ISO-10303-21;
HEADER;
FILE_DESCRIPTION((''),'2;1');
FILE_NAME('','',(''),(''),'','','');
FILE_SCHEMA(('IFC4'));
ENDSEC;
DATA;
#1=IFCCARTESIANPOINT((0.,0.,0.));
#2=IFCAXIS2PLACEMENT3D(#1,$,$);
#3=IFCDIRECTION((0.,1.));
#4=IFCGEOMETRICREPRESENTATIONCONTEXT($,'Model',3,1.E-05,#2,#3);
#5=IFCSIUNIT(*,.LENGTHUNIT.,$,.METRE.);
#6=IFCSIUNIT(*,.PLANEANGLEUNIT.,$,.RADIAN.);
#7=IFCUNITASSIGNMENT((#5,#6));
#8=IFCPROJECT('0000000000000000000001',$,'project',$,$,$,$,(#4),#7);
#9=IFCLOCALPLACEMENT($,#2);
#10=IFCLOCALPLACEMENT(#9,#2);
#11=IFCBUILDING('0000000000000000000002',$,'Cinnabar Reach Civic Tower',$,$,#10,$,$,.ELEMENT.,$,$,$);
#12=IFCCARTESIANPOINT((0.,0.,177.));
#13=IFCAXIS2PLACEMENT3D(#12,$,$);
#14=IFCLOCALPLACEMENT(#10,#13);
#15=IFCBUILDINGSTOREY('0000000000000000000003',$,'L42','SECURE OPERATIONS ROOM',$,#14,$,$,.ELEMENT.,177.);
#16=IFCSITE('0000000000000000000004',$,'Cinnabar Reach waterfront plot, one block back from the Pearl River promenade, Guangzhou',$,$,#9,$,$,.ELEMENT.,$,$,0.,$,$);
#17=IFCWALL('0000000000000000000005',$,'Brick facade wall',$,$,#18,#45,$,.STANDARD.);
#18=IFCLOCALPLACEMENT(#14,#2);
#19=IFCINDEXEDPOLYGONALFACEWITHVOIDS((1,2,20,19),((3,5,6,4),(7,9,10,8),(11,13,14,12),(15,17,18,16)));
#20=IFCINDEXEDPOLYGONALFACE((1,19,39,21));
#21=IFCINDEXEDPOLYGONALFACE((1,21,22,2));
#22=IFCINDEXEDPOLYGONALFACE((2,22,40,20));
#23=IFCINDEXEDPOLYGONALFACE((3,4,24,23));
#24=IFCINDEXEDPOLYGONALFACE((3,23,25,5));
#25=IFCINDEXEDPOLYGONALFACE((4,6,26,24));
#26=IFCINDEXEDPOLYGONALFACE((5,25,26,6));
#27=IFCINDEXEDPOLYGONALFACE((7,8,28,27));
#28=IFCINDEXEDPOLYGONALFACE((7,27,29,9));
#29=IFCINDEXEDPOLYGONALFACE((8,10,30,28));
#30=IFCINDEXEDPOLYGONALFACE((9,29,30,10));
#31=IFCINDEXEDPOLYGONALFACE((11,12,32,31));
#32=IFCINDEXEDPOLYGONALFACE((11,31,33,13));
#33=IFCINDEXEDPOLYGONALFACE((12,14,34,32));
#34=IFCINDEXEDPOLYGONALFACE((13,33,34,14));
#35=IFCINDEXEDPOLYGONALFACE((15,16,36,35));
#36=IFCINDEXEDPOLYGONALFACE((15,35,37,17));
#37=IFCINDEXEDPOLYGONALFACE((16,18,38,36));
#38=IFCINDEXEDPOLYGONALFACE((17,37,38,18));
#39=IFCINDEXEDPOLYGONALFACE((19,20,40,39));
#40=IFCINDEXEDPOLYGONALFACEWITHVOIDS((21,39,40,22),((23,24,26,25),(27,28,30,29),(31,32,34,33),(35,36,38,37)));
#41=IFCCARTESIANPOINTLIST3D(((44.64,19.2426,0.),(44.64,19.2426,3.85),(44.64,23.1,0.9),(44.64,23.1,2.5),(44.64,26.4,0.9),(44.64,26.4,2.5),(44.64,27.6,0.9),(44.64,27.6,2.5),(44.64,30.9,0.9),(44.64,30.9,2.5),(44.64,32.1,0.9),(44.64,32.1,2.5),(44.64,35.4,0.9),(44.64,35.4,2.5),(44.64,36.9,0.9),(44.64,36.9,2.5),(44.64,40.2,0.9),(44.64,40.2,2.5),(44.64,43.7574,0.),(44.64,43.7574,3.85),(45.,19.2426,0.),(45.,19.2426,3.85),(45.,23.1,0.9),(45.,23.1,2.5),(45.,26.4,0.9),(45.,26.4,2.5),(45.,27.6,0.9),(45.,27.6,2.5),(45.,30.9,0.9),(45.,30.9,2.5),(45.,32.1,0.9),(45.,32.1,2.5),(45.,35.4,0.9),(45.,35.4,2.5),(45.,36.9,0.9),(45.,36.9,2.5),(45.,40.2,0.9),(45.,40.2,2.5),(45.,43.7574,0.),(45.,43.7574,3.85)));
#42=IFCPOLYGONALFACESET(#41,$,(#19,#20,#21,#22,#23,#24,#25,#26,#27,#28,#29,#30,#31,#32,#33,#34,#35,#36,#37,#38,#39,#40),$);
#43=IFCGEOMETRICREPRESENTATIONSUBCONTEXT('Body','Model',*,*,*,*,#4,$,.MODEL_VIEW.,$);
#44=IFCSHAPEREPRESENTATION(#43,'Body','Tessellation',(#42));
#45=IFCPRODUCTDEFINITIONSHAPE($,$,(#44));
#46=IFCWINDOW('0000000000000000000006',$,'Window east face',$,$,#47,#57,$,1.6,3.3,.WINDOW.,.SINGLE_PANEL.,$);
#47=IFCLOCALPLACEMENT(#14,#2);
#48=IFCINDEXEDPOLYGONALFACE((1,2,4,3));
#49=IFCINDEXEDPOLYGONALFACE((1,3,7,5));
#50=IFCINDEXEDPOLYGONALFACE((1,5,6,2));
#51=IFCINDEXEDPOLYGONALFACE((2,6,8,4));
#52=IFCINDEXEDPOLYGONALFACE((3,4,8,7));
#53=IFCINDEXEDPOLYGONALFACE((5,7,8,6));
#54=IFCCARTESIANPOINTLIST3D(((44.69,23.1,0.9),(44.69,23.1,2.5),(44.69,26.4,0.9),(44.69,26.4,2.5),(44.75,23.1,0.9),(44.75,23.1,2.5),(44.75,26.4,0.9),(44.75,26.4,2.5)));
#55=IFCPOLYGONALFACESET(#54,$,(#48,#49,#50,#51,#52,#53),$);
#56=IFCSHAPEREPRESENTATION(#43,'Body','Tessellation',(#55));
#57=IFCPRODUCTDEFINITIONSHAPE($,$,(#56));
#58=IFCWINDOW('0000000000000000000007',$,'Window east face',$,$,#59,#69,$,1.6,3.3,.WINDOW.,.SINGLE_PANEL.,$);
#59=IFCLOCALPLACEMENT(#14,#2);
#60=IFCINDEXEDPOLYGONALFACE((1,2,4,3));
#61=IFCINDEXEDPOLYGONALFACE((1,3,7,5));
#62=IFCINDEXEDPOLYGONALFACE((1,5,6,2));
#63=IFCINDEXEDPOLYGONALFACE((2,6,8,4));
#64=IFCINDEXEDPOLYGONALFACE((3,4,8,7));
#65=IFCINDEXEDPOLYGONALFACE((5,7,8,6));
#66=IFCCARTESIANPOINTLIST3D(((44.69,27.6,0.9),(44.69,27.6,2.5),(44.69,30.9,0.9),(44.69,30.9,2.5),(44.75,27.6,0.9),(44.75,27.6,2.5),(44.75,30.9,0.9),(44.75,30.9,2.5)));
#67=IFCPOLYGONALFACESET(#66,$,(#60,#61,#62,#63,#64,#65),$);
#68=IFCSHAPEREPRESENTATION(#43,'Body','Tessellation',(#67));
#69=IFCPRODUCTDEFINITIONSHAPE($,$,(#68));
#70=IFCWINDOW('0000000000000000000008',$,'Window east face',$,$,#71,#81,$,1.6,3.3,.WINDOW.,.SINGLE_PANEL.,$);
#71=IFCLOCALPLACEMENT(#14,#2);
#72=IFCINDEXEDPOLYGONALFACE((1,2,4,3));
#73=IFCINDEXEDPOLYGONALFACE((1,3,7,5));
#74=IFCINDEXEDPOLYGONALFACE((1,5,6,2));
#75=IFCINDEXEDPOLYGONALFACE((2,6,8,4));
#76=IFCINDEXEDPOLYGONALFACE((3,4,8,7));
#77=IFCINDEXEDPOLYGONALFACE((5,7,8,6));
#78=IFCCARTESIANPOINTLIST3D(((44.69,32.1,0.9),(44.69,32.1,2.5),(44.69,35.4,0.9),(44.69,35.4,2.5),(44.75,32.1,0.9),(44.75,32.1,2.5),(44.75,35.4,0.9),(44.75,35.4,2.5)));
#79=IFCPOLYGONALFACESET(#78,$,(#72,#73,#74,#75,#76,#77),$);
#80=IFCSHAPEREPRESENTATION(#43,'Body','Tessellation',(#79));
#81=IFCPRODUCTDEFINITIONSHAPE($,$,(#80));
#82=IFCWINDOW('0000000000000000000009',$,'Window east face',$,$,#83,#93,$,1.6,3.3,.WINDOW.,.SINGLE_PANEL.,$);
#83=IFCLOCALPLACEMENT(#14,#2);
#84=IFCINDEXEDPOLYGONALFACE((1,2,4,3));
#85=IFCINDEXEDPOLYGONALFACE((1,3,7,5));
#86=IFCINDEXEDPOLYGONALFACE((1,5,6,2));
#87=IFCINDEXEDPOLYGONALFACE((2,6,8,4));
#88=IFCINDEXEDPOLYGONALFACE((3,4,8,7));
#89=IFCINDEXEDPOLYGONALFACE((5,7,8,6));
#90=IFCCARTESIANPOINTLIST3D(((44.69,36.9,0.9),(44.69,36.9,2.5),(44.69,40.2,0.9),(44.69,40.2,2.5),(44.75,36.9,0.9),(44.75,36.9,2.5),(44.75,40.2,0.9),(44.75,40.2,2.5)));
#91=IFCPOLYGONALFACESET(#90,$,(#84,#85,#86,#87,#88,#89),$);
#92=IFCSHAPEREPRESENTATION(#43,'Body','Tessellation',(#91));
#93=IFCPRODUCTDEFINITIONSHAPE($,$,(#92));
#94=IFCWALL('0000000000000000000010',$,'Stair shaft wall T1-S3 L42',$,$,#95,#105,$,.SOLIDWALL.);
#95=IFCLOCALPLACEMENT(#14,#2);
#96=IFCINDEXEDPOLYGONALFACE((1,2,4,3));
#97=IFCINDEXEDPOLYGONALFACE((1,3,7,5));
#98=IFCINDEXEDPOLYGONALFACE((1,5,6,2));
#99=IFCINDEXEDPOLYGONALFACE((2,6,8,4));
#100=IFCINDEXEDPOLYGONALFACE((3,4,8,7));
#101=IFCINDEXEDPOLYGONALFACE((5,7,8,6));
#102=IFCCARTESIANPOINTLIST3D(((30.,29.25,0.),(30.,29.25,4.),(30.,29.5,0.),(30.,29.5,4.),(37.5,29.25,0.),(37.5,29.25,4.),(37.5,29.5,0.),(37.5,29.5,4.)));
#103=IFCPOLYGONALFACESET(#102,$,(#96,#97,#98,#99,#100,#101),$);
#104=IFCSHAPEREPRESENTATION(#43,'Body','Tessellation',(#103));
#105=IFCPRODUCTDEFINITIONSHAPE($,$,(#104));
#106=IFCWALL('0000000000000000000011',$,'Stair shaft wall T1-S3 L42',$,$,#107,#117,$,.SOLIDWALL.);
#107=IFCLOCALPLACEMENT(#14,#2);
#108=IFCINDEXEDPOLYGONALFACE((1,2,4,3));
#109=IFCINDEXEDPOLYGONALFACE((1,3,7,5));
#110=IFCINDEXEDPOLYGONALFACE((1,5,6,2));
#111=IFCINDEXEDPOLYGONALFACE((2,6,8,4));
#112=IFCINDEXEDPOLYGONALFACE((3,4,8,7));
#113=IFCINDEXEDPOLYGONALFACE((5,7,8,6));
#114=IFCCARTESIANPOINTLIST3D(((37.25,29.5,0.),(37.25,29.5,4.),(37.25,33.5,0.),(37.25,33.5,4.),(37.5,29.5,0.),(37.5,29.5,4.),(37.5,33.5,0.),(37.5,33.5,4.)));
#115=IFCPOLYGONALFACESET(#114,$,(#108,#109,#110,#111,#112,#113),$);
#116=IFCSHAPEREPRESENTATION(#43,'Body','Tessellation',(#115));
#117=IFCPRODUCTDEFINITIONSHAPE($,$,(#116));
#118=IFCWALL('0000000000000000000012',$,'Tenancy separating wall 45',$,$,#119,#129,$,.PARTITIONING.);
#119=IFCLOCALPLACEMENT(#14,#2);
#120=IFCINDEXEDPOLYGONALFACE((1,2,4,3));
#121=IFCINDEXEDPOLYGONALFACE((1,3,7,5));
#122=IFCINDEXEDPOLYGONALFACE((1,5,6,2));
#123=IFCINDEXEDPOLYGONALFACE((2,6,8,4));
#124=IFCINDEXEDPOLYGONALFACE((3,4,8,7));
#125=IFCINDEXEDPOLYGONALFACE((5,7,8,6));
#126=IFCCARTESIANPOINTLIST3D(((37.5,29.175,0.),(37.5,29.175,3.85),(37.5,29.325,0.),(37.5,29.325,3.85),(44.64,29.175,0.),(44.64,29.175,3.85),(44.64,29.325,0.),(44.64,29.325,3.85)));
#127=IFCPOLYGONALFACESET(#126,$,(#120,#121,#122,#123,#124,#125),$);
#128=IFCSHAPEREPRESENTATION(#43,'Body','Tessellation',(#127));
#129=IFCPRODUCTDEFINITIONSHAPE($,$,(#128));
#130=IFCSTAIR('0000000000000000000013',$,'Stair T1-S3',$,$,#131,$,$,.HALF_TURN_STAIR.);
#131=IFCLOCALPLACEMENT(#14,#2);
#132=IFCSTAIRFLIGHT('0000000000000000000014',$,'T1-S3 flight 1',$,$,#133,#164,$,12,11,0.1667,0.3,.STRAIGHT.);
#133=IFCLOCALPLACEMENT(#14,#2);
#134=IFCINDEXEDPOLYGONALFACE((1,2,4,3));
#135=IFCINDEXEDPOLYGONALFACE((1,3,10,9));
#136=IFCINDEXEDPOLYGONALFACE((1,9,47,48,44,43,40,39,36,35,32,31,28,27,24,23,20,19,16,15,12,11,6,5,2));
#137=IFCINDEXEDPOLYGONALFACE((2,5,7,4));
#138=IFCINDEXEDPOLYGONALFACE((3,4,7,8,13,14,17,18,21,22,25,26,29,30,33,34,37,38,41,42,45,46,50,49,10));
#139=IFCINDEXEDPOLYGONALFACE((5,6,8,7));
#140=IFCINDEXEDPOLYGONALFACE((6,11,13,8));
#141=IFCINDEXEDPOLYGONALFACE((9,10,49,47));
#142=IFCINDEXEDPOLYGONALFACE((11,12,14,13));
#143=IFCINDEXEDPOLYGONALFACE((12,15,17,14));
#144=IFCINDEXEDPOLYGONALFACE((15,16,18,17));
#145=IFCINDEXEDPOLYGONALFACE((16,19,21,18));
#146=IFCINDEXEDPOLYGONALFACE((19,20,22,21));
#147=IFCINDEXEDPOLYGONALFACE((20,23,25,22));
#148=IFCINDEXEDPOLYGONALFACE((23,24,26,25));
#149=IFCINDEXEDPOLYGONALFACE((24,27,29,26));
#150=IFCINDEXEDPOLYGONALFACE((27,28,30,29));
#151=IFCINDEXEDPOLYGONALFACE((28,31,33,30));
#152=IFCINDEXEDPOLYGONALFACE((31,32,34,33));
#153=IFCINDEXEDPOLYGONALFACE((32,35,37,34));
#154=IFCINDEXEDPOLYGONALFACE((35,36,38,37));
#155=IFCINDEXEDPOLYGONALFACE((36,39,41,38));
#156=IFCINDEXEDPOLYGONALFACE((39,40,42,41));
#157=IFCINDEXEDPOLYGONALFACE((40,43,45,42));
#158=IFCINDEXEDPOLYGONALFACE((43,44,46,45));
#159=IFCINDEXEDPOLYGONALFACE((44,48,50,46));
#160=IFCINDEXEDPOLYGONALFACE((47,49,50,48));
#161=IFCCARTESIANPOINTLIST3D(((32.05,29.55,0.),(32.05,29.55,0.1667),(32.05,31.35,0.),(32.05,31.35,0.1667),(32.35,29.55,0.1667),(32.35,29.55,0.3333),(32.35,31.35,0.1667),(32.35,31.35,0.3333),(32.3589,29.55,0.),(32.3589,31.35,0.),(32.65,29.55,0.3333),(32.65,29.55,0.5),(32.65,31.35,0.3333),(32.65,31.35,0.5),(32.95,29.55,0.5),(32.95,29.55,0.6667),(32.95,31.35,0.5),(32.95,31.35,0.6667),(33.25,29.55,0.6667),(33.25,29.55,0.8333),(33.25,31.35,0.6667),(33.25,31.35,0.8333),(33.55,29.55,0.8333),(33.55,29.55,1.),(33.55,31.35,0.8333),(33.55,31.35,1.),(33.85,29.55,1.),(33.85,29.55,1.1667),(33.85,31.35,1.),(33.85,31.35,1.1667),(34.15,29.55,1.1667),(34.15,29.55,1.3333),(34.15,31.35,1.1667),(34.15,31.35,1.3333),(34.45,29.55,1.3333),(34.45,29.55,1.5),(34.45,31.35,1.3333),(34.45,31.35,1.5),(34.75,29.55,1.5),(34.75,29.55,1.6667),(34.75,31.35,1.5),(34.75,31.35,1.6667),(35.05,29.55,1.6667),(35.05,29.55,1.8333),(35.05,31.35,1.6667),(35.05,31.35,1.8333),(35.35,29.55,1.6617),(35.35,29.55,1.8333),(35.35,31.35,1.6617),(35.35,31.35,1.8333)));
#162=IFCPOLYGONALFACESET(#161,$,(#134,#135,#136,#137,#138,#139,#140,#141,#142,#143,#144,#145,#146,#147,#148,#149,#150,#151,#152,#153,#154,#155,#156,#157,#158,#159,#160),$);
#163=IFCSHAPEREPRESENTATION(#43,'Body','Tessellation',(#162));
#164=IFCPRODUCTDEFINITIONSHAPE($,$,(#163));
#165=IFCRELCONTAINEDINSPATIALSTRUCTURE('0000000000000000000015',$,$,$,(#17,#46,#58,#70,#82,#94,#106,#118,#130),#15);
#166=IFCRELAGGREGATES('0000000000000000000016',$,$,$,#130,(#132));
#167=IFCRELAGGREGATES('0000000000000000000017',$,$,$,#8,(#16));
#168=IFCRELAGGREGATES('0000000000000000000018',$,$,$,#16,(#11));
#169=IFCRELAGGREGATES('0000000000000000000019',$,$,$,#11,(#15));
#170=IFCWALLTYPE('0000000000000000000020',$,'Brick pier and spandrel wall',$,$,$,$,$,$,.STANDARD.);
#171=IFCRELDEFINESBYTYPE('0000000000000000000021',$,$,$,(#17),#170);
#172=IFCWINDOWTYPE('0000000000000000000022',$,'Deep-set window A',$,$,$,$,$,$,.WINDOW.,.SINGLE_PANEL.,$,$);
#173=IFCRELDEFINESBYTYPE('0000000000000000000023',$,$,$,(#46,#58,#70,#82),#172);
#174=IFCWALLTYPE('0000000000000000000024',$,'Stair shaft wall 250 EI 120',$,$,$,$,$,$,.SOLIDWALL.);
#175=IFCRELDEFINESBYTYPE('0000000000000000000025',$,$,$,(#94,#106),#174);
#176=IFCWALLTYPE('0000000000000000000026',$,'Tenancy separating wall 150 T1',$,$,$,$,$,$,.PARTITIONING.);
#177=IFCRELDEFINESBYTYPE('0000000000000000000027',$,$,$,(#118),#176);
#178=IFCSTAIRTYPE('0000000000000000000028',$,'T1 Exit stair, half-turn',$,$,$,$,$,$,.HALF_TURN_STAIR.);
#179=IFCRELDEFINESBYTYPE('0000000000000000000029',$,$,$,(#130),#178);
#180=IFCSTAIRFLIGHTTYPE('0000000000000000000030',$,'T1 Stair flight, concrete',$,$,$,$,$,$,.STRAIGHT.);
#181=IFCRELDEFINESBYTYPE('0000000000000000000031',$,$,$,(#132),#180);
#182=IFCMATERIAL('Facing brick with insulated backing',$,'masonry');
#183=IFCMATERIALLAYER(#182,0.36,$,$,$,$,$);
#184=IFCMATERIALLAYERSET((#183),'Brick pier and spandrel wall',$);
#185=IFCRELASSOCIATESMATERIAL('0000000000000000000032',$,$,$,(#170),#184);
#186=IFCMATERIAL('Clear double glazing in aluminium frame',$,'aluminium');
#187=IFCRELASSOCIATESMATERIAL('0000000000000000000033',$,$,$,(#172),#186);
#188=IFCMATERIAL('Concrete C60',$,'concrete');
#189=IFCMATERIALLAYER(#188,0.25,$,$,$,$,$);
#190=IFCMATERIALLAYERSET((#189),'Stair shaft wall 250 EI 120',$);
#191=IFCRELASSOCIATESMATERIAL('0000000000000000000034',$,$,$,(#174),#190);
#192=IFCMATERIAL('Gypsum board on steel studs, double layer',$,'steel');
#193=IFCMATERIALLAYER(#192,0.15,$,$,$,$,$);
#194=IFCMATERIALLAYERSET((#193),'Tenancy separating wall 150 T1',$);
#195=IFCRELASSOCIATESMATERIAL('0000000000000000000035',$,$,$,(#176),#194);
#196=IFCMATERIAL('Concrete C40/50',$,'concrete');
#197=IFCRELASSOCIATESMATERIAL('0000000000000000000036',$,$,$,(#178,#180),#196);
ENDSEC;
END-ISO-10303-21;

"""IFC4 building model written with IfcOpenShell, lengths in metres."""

from ifc_helpers import new_model, si_unit, direction, frame, frame_2d, origin, place, context, subcontext, project, spatial, polyline, rectangle, outline, extrude, material, layer, layer_set, type_object, element, fill, aggregate, save


model = new_model("IFC4")

# Units and contexts
model_context = context("Model", 3, precision=1e-05, world=origin(), true_north=direction((0.0, 1.0)))
body_context = subcontext(model_context, "Body", "Model", "MODEL_VIEW")
ifc_project = project(units=[si_unit("LENGTHUNIT", "METRE"), si_unit("PLANEANGLEUNIT", "RADIAN")], contexts=[model_context])

# Site, building, storey
site_placement = place(None, origin())
site = spatial("IfcSite", under=ifc_project, at=site_placement, Name="Cinnabar Reach waterfront plot, one block back from the Pearl River promenade, Guangzhou", CompositionType="ELEMENT", RefElevation=0.0)
building_placement = place(site_placement, origin())
building = spatial("IfcBuilding", under=site, at=building_placement, Name="Cinnabar Reach Civic Tower", CompositionType="ELEMENT")
storey_placement = place(building_placement, frame((0.0, 0.0, 177.0)))
storey = spatial("IfcBuildingStorey", under=building, at=storey_placement, Name="L42", Description="SECURE OPERATIONS ROOM", CompositionType="ELEMENT", Elevation=177.0)

# Shared definitions
ifc_material_1 = material(Name="Facing brick with insulated backing", Category="masonry")

# Wall, openings, windows
ifc_layer_1 = layer(ifc_material_1, 0.36)
ifc_layer_set_1 = layer_set([ifc_layer_1], Name="Brick pier and spandrel wall")
wall_type_1 = type_object("IfcWallType", Name="Brick pier and spandrel wall", PredefinedType="STANDARD", material=ifc_layer_set_1)
wall_1_placement = place(storey_placement, frame((44.82, 19.2426, 0.0), z_axis=(0.0, 0.0, 1.0), x_axis=(0.0, 1.0, 0.0)))
wall_1 = element("IfcWall", 1, at=wall_1_placement, inside=storey, type_object=wall_type_1, Name="Brick facade wall", PredefinedType="STANDARD", context=body_context, shape_type="SweptSolid", body=[
    extrude(rectangle(XDim=24.5148, YDim=0.36, at=frame_2d((12.2574, 0.0))), origin(), (0.0, 0.0, 1.0), 3.85),
])
opening_1_placement = place(wall_1_placement, frame((3.8574, 0.0, 0.9)))
opening_1 = element("IfcOpeningElement", 2, at=opening_1_placement, cuts=wall_1, PredefinedType="OPENING", context=body_context, shape_type="SweptSolid", body=[
    extrude(rectangle(XDim=3.3, YDim=1.6, at=frame_2d((1.65, 0.8))), frame((0.0, 0.19, 0.0), z_axis=(0.0, -1.0, 0.0), x_axis=(1.0, 0.0, 0.0)), (0.0, 0.0, 1.0), 0.38),
])
opening_2_placement = place(wall_1_placement, frame((8.3574, 0.0, 0.9)))
opening_2 = element("IfcOpeningElement", 3, at=opening_2_placement, cuts=wall_1, PredefinedType="OPENING", context=body_context, shape_type="SweptSolid", body=[
    extrude(rectangle(XDim=3.3, YDim=1.6, at=frame_2d((1.65, 0.8))), frame((0.0, 0.19, 0.0), z_axis=(0.0, -1.0, 0.0), x_axis=(1.0, 0.0, 0.0)), (0.0, 0.0, 1.0), 0.38),
])
opening_3_placement = place(wall_1_placement, frame((12.8574, 0.0, 0.9)))
opening_3 = element("IfcOpeningElement", 4, at=opening_3_placement, cuts=wall_1, PredefinedType="OPENING", context=body_context, shape_type="SweptSolid", body=[
    extrude(rectangle(XDim=3.3, YDim=1.6, at=frame_2d((1.65, 0.8))), frame((0.0, 0.19, 0.0), z_axis=(0.0, -1.0, 0.0), x_axis=(1.0, 0.0, 0.0)), (0.0, 0.0, 1.0), 0.38),
])
opening_4_placement = place(wall_1_placement, frame((17.6574, 0.0, 0.9)))
opening_4 = element("IfcOpeningElement", 5, at=opening_4_placement, cuts=wall_1, PredefinedType="OPENING", context=body_context, shape_type="SweptSolid", body=[
    extrude(rectangle(XDim=3.3, YDim=1.6, at=frame_2d((1.65, 0.8))), frame((0.0, 0.19, 0.0), z_axis=(0.0, -1.0, 0.0), x_axis=(1.0, 0.0, 0.0)), (0.0, 0.0, 1.0), 0.38),
])
ifc_material_2 = material(Name="Clear double glazing in aluminium frame", Category="aluminium")
window_type = type_object("IfcWindowType", Name="Deep-set window A", PartitioningType="SINGLE_PANEL", PredefinedType="WINDOW", material=ifc_material_2)
window_1_placement = place(opening_1_placement, origin())
window_1 = element("IfcWindow", 6, at=window_1_placement, inside=storey, type_object=window_type, Name="Window east face", OverallHeight=1.6, OverallWidth=3.3, PartitioningType="SINGLE_PANEL", PredefinedType="WINDOW", context=body_context, shape_type="SweptSolid", body=[
    extrude(rectangle(XDim=3.3, YDim=1.6, at=frame_2d((1.65, 0.8))), frame((0.0, 0.13, 0.0), z_axis=(0.0, -1.0, 0.0), x_axis=(1.0, 0.0, 0.0)), (0.0, 0.0, 1.0), 0.06),
])
fill(opening_1, window_1)
window_2_placement = place(opening_2_placement, origin())
window_2 = element("IfcWindow", 7, at=window_2_placement, inside=storey, type_object=window_type, Name="Window east face", OverallHeight=1.6, OverallWidth=3.3, PartitioningType="SINGLE_PANEL", PredefinedType="WINDOW", context=body_context, shape_type="SweptSolid", body=[
    extrude(rectangle(XDim=3.3, YDim=1.6, at=frame_2d((1.65, 0.8))), frame((0.0, 0.13, 0.0), z_axis=(0.0, -1.0, 0.0), x_axis=(1.0, 0.0, 0.0)), (0.0, 0.0, 1.0), 0.06),
])
fill(opening_2, window_2)
window_3_placement = place(opening_3_placement, origin())
window_3 = element("IfcWindow", 8, at=window_3_placement, inside=storey, type_object=window_type, Name="Window east face", OverallHeight=1.6, OverallWidth=3.3, PartitioningType="SINGLE_PANEL", PredefinedType="WINDOW", context=body_context, shape_type="SweptSolid", body=[
    extrude(rectangle(XDim=3.3, YDim=1.6, at=frame_2d((1.65, 0.8))), frame((0.0, 0.13, 0.0), z_axis=(0.0, -1.0, 0.0), x_axis=(1.0, 0.0, 0.0)), (0.0, 0.0, 1.0), 0.06),
])
fill(opening_3, window_3)
window_4_placement = place(opening_4_placement, origin())
window_4 = element("IfcWindow", 9, at=window_4_placement, inside=storey, type_object=window_type, Name="Window east face", OverallHeight=1.6, OverallWidth=3.3, PartitioningType="SINGLE_PANEL", PredefinedType="WINDOW", context=body_context, shape_type="SweptSolid", body=[
    extrude(rectangle(XDim=3.3, YDim=1.6, at=frame_2d((1.65, 0.8))), frame((0.0, 0.13, 0.0), z_axis=(0.0, -1.0, 0.0), x_axis=(1.0, 0.0, 0.0)), (0.0, 0.0, 1.0), 0.06),
])
fill(opening_4, window_4)

# Walls
ifc_material_3 = material(Name="Concrete C60", Category="concrete")
ifc_layer_2 = layer(ifc_material_3, 0.25)
ifc_layer_set_2 = layer_set([ifc_layer_2], Name="Stair shaft wall 250 EI 120")
wall_type_2 = type_object("IfcWallType", Name="Stair shaft wall 250 EI 120", PredefinedType="SOLIDWALL", material=ifc_layer_set_2)
wall_2_placement = place(storey_placement, frame((30.0, 29.375, 0.0), z_axis=(0.0, 0.0, 1.0), x_axis=(1.0, 0.0, 0.0)))
element("IfcWall", 10, at=wall_2_placement, inside=storey, type_object=wall_type_2, Name="Stair shaft wall T1-S3 L42", PredefinedType="SOLIDWALL", context=body_context, shape_type="SweptSolid", body=[
    extrude(rectangle(XDim=7.5, YDim=0.25, at=frame_2d((3.75, 0.0))), origin(), (0.0, 0.0, 1.0), 4.0),
])
wall_3_placement = place(storey_placement, frame((37.375, 29.5, 0.0), z_axis=(0.0, 0.0, 1.0), x_axis=(0.0, 1.0, 0.0)))
element("IfcWall", 11, at=wall_3_placement, inside=storey, type_object=wall_type_2, Name="Stair shaft wall T1-S3 L42", PredefinedType="SOLIDWALL", context=body_context, shape_type="SweptSolid", body=[
    extrude(rectangle(XDim=4.0, YDim=0.25, at=frame_2d((2.0, 0.0))), origin(), (0.0, 0.0, 1.0), 4.0),
])
ifc_material_4 = material(Name="Gypsum board on steel studs, double layer", Category="steel")
ifc_layer_3 = layer(ifc_material_4, 0.15)
ifc_layer_set_3 = layer_set([ifc_layer_3], Name="Tenancy separating wall 150 T1")
wall_type_3 = type_object("IfcWallType", Name="Tenancy separating wall 150 T1", PredefinedType="PARTITIONING", material=ifc_layer_set_3)
wall_4_placement = place(storey_placement, frame((37.5, 29.25, 0.0), z_axis=(0.0, 0.0, 1.0), x_axis=(1.0, 0.0, 0.0)))
element("IfcWall", 12, at=wall_4_placement, inside=storey, type_object=wall_type_3, Name="Tenancy separating wall 45", PredefinedType="PARTITIONING", context=body_context, shape_type="SweptSolid", body=[
    extrude(rectangle(XDim=7.14, YDim=0.15, at=frame_2d((3.57, 0.0))), origin(), (0.0, 0.0, 1.0), 3.85),
])

# Stair, stair flight
ifc_material_5 = material(Name="Concrete C40/50", Category="concrete")
stair_type = type_object("IfcStairType", Name="T1 Exit stair, half-turn", PredefinedType="HALF_TURN_STAIR", material=ifc_material_5)
stair_placement = place(storey_placement, origin())
stair = element("IfcStair", 13, at=stair_placement, inside=storey, type_object=stair_type, Name="Stair T1-S3", PredefinedType="HALF_TURN_STAIR")
stair_flight_type = type_object("IfcStairFlightType", Name="T1 Stair flight, concrete", PredefinedType="STRAIGHT", material=ifc_material_5)
stair_flight_placement = place(storey_placement, frame((32.05, 30.45, 0.0), z_axis=(0.0, 0.0, 1.0), x_axis=(1.0, 0.0, 0.0)))
stair_flight = element("IfcStairFlight", 14, at=stair_flight_placement, type_object=stair_flight_type, Name="T1-S3 flight 1", NumberOfRisers=12, NumberOfTreads=11, PredefinedType="STRAIGHT", RiserHeight=0.1667, TreadLength=0.3, context=body_context, shape_type="SweptSolid", body=[
    extrude(outline(polyline([(0.0, 0.0), (0.0, 0.1667), (0.3, 0.1667), (0.3, 0.3333), (0.6, 0.3333), (0.6, 0.5), (0.9, 0.5), (0.9, 0.6667), (1.2, 0.6667), (1.2, 0.8333), (1.5, 0.8333), (1.5, 1.0), (1.8, 1.0), (1.8, 1.1667), (2.1, 1.1667), (2.1, 1.3333), (2.4, 1.3333), (2.4, 1.5), (2.7, 1.5), (2.7, 1.6667), (3.0, 1.6667), (3.0, 1.8333), (3.3, 1.8333), (3.3, 2.0), (3.3, 1.6617), (0.3089, 0.0), (0.0, 0.0)])), frame((0.0, 0.9, 0.0), z_axis=(0.0, -1.0, 0.0), x_axis=(1.0, 0.0, 0.0)), (0.0, 0.0, 1.0), 1.8),
])
aggregate(stair, [stair_flight])

save(model, "model.ifc")
